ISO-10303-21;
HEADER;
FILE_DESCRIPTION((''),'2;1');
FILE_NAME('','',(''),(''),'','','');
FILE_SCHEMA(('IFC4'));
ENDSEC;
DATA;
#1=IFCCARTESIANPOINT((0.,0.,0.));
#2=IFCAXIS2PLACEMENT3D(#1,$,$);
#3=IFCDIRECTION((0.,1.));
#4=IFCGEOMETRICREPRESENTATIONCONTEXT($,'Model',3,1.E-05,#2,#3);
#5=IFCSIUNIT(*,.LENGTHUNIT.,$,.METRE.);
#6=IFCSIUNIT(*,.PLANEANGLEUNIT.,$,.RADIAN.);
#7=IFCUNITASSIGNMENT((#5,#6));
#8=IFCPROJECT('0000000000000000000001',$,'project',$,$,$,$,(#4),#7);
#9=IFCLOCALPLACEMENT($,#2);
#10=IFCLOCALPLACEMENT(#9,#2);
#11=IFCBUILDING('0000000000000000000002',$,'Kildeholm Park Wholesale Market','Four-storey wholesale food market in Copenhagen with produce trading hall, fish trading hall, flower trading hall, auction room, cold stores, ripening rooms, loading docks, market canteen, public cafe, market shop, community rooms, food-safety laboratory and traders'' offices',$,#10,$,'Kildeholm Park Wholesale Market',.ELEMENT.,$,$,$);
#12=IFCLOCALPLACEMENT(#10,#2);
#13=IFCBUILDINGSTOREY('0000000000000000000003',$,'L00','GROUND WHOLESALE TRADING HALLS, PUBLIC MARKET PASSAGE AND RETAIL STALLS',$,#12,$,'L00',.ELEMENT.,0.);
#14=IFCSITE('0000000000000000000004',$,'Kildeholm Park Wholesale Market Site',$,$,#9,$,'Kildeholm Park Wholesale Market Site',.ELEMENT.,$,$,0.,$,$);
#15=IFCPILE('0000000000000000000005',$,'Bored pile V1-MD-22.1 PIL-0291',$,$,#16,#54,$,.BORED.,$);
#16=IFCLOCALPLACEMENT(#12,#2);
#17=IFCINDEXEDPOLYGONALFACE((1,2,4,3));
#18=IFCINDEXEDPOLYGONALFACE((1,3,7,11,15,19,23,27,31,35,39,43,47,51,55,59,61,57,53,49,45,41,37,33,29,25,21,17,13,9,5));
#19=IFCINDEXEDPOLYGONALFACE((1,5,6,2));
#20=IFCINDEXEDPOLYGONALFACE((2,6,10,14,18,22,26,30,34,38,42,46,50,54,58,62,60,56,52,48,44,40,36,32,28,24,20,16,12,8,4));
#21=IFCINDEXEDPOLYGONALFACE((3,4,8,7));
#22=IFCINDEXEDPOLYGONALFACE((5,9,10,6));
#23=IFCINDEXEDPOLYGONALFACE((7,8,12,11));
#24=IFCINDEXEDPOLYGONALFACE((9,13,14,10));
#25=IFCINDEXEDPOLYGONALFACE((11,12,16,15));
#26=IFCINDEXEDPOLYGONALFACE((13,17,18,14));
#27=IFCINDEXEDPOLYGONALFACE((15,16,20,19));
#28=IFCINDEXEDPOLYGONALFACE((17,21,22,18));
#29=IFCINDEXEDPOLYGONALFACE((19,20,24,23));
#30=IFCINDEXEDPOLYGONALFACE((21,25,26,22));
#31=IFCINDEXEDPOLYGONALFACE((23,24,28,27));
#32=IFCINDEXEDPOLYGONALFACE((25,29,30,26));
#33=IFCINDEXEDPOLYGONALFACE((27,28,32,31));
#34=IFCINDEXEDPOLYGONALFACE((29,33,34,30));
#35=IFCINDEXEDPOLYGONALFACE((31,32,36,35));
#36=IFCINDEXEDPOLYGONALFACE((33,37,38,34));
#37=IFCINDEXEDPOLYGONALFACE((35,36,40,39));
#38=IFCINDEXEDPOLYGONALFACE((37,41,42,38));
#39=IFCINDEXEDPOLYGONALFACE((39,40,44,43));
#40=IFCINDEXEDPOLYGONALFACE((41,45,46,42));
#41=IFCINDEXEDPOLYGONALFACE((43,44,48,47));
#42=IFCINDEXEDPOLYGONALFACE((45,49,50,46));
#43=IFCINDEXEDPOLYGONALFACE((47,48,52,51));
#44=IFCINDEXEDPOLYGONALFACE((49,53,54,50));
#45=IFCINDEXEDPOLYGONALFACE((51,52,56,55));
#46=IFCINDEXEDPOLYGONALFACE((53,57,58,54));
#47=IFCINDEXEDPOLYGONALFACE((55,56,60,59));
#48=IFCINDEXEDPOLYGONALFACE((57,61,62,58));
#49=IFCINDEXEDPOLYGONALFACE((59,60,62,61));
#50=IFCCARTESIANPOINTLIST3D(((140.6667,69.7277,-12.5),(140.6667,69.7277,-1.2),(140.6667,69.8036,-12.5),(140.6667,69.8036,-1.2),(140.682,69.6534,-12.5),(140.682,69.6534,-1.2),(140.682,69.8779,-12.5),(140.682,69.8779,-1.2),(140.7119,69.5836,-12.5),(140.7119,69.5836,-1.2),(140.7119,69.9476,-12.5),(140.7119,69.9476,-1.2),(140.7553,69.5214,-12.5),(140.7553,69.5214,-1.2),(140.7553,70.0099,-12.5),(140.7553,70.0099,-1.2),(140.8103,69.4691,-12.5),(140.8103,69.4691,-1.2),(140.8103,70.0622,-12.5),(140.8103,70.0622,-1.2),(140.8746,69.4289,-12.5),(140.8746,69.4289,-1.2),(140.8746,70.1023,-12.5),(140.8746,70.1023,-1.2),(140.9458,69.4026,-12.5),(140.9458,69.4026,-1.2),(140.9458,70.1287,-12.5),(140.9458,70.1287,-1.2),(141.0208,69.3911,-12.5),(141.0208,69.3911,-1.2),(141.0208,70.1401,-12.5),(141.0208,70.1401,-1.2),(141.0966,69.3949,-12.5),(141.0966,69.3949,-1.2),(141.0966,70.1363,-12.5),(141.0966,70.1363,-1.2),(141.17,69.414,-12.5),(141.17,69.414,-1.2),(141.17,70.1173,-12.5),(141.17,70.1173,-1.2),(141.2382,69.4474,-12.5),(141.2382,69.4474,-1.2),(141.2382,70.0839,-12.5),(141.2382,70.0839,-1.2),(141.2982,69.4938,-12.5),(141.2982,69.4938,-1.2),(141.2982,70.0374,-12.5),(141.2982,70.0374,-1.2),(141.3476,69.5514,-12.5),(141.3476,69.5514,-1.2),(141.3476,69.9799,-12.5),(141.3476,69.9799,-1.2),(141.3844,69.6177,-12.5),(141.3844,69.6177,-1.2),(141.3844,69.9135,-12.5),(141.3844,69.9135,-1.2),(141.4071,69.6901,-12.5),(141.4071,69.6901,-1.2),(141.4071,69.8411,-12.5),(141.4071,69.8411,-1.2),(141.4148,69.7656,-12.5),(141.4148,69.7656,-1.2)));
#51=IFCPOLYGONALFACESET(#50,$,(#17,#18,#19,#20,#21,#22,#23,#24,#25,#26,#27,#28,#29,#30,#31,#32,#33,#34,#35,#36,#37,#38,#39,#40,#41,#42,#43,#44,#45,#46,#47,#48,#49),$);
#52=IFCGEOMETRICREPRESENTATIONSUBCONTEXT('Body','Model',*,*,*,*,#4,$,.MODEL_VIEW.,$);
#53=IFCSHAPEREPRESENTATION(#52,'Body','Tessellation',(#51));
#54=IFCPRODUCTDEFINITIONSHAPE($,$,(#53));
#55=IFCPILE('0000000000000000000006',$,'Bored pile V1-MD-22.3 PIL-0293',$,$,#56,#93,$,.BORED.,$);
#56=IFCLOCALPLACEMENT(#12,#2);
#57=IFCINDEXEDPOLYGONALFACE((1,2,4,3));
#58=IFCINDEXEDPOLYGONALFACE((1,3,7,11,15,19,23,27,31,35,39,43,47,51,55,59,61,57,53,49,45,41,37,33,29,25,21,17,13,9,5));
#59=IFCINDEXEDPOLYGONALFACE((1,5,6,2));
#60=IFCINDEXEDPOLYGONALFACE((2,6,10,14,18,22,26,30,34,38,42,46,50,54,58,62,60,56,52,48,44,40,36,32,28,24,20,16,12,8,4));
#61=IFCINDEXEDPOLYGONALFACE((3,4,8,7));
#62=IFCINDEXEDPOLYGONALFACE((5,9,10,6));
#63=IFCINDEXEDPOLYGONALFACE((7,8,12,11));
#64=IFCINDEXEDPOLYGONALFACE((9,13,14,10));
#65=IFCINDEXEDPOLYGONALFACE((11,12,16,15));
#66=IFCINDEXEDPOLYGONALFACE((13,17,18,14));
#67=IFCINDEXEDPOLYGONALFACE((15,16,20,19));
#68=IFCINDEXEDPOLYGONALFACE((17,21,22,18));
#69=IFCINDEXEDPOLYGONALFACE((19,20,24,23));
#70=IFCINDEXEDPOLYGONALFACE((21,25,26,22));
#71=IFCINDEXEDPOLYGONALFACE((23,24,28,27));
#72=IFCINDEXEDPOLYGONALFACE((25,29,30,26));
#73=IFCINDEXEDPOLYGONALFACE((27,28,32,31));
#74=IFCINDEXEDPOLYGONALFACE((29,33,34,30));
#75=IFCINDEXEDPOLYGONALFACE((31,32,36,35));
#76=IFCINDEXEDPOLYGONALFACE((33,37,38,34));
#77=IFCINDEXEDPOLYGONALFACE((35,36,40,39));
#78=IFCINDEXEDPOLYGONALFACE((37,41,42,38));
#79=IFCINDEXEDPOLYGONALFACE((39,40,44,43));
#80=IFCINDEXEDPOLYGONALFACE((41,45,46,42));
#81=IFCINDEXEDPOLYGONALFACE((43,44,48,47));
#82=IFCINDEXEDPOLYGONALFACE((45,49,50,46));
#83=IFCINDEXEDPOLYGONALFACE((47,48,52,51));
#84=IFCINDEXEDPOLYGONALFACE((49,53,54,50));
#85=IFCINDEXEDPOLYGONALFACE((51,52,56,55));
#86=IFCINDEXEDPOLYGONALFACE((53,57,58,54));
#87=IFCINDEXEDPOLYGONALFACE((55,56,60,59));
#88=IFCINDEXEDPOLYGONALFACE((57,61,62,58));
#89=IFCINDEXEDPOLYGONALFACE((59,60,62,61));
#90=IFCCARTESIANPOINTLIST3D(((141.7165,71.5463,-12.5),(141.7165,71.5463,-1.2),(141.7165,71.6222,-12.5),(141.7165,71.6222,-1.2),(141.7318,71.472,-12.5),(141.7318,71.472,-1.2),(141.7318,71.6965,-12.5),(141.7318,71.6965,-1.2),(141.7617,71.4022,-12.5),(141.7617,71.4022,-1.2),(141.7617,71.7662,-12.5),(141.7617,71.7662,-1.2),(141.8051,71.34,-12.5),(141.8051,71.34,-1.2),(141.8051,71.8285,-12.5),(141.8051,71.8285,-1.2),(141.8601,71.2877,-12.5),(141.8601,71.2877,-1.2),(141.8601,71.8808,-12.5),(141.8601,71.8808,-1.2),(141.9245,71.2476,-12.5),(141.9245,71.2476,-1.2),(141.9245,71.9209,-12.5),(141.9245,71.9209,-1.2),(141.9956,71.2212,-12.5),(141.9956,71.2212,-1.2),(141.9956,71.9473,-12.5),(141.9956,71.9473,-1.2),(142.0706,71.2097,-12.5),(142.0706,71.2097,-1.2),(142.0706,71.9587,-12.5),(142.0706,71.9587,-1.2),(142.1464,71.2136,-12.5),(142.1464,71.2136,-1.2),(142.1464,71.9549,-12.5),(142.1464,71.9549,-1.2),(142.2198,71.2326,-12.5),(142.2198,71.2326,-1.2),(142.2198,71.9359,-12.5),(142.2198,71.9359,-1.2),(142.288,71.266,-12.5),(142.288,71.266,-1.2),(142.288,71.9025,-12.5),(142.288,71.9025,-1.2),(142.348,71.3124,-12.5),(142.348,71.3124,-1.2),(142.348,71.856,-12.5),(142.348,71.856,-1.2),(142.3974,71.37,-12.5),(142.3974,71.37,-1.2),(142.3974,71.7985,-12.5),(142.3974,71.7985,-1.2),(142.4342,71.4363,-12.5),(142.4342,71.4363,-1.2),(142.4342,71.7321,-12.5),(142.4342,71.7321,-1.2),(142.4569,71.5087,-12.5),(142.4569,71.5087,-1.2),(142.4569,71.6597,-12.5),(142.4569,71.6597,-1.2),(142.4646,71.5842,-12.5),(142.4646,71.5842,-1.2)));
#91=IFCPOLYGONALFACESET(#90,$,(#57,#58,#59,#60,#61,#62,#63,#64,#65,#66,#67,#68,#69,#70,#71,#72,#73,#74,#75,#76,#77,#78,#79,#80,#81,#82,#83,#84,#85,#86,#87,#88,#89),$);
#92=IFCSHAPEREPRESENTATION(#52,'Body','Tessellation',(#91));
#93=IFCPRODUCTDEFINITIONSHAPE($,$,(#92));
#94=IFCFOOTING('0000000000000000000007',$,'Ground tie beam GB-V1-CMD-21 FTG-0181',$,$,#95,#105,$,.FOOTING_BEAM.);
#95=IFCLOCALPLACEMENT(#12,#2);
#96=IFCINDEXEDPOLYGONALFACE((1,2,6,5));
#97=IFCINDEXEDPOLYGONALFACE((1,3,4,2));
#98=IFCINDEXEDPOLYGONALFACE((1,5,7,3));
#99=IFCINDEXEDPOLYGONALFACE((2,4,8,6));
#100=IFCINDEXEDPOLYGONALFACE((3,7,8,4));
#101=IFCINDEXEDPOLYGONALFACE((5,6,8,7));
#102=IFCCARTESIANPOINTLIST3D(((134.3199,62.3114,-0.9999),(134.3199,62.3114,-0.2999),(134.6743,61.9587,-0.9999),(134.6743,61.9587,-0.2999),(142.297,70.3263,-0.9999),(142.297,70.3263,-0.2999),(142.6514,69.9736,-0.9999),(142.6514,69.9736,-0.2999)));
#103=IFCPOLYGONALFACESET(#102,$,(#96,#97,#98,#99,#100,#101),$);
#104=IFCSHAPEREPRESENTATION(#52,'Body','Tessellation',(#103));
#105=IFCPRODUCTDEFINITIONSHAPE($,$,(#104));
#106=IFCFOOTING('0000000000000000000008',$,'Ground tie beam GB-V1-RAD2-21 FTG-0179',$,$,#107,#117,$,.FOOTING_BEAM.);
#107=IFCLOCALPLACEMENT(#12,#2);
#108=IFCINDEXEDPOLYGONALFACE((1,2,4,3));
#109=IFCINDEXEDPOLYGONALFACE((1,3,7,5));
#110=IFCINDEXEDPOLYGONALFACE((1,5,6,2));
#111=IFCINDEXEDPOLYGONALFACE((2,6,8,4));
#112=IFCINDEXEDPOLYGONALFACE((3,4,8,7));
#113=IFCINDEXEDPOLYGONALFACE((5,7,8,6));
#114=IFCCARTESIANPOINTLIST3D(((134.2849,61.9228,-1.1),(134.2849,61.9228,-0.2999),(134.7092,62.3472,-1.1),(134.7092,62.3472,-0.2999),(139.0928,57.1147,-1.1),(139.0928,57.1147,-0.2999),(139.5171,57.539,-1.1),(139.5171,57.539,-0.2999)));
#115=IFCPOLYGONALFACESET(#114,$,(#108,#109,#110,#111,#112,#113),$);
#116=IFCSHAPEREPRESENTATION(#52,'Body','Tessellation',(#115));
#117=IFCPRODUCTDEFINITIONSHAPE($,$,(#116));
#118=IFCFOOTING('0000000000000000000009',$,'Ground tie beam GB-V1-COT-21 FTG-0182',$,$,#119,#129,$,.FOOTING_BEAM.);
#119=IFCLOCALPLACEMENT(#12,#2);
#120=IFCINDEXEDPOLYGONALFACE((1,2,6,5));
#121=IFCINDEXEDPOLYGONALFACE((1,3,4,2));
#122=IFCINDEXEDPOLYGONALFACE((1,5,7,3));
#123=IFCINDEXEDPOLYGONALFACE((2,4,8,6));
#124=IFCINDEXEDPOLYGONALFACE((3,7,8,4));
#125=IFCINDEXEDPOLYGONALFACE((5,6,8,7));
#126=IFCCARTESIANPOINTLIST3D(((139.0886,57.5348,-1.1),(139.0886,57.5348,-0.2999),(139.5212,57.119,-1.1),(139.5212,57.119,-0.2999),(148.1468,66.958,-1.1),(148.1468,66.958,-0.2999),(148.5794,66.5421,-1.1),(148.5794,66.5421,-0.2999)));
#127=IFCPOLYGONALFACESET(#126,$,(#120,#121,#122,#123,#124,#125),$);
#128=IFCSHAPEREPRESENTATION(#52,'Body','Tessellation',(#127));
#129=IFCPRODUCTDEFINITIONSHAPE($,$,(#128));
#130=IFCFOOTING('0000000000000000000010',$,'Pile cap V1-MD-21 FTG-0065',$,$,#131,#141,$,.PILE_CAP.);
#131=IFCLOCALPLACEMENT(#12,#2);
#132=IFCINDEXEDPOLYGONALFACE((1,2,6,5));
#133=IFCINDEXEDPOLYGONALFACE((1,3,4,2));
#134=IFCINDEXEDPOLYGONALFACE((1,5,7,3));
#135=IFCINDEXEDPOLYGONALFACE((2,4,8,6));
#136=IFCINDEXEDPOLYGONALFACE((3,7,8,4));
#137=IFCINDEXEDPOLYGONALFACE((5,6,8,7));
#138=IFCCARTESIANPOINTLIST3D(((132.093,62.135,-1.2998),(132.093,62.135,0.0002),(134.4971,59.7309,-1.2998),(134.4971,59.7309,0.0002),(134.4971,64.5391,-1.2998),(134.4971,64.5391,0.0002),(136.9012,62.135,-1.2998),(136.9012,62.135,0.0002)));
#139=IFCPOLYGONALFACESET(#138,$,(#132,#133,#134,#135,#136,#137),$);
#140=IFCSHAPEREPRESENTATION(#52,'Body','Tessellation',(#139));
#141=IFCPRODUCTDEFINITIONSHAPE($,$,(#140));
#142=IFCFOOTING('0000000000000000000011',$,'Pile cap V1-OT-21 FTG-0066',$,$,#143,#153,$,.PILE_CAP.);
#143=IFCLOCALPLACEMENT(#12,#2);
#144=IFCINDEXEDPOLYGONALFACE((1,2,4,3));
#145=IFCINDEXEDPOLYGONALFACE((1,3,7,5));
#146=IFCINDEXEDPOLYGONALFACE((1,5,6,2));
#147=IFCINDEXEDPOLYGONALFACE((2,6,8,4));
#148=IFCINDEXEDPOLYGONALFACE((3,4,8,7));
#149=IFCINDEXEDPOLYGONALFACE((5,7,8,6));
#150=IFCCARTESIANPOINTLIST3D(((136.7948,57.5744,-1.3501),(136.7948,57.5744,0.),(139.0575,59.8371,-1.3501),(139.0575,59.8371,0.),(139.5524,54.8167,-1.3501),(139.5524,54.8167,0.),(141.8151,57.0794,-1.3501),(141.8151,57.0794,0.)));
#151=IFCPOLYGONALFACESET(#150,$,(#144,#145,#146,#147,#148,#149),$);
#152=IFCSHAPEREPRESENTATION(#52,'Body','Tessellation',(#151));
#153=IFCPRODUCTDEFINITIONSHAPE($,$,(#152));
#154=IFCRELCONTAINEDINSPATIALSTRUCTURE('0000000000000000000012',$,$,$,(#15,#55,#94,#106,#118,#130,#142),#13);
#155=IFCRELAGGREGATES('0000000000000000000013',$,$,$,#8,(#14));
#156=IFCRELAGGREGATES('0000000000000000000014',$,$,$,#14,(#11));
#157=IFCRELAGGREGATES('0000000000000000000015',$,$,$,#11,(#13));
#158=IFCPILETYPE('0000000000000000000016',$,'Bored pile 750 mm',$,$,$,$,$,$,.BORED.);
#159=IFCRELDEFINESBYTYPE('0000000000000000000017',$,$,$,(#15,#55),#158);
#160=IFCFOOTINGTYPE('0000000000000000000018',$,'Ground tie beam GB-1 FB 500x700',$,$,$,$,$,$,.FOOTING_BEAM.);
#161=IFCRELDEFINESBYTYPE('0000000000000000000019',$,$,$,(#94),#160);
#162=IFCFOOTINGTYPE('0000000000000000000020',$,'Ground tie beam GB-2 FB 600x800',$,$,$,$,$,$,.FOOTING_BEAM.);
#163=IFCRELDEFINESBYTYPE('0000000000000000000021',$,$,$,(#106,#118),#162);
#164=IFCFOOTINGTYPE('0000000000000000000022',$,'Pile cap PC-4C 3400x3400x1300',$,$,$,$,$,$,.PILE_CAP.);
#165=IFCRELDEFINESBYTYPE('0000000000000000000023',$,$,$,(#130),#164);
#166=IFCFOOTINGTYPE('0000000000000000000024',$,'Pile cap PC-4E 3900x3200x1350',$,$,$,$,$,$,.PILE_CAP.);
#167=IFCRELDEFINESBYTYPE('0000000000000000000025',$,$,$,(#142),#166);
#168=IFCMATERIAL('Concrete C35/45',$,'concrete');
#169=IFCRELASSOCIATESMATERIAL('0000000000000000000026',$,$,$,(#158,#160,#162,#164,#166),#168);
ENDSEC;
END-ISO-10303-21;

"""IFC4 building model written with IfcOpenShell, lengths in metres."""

from ifc_helpers import new_model, si_unit, direction, frame, origin, origin_2d, place, context, subcontext, project, spatial, rectangle, circle, extrude, material, material_profile, profile_set, type_object, element, save


model = new_model("IFC4")

# Units and contexts
model_context = context("Model", 3, precision=1e-05, world=origin(), true_north=direction((0.0, 1.0)))
body_context = subcontext(model_context, "Body", "Model", "MODEL_VIEW")
ifc_project = project(units=[si_unit("LENGTHUNIT", "METRE"), si_unit("PLANEANGLEUNIT", "RADIAN")], contexts=[model_context])

# Site, building, storey
site_placement = place(None, origin())
site = spatial("IfcSite", under=ifc_project, at=site_placement, Name="Kildeholm Park Wholesale Market Site", LongName="Kildeholm Park Wholesale Market Site", CompositionType="ELEMENT", RefElevation=0.0)
building_placement = place(site_placement, origin())
building = spatial("IfcBuilding", under=site, at=building_placement, Name="Kildeholm Park Wholesale Market", Description="Four-storey wholesale food market in Copenhagen with produce trading hall, fish trading hall, flower trading hall, auction room, cold stores, ripening rooms, loading docks, market canteen, public cafe, market shop, community rooms, food-safety laboratory and traders' offices", LongName="Kildeholm Park Wholesale Market", CompositionType="ELEMENT")
storey_placement = place(building_placement, origin())
storey = spatial("IfcBuildingStorey", under=building, at=storey_placement, Name="L00", Description="GROUND WHOLESALE TRADING HALLS, PUBLIC MARKET PASSAGE AND RETAIL STALLS", LongName="L00", CompositionType="ELEMENT", Elevation=0.0)

# Piles
ifc_material_1 = material(Name="Concrete C35/45", Category="concrete")
ifc_material_profile_1 = material_profile(ifc_material_1, circle(Radius=0.375, at=origin_2d()), Name="PILE D750")
ifc_profile_set_1 = profile_set([ifc_material_profile_1], Name="Concrete C35/45")
pile_type = type_object("IfcPileType", Name="Bored pile 750 mm", PredefinedType="BORED", material=ifc_profile_set_1)
for number, where, z_axis, x_axis, name in (
    (1, (141.0398, 69.7656, -1.2), (0.0, 0.0, -1.0), (1.0, 0.0, 0.0), "Bored pile V1-MD-22.1 PIL-0291"),
    (2, (142.0896, 71.5842, -1.2), (0.0, 0.0, -1.0), (1.0, 0.0, 0.0), "Bored pile V1-MD-22.3 PIL-0293"),
):
    element("IfcPile", number, at=place(storey_placement, frame(where, z_axis=z_axis, x_axis=x_axis)), inside=storey, type_object=pile_type, Name=name, PredefinedType="BORED", context=body_context, shape_type="SweptSolid", body=[
        extrude(circle(Radius=0.375, at=origin_2d()), origin(), (0.0, 0.0, 1.0), 11.3),
    ])

# Footings
ifc_material_profile_2 = material_profile(ifc_material_1, rectangle(XDim=0.5, YDim=0.7, at=origin_2d()), Name="FB 500x700")
ifc_profile_set_2 = profile_set([ifc_material_profile_2], Name="Concrete C35/45")
footing_type_1 = type_object("IfcFootingType", Name="Ground tie beam GB-1 FB 500x700", PredefinedType="FOOTING_BEAM", material=ifc_profile_set_2)
footing_1_placement = place(storey_placement, frame((134.4971, 62.135, -0.6499), z_axis=(0.705432, 0.708778, 0.0), x_axis=(-0.708778, 0.705432, 0.0)))
element("IfcFooting", 3, at=footing_1_placement, inside=storey, type_object=footing_type_1, Name="Ground tie beam GB-V1-CMD-21 FTG-0181", PredefinedType="FOOTING_BEAM", context=body_context, shape_type="SweptSolid", body=[
    extrude(rectangle(XDim=0.5, YDim=0.7, at=origin_2d()), origin(), (0.0, 0.0, 1.0), 11.3081),
])
ifc_material_profile_3 = material_profile(ifc_material_1, rectangle(XDim=0.6001, YDim=0.8, at=origin_2d()), Name="FB 600x800")
ifc_profile_set_3 = profile_set([ifc_material_profile_3], Name="Concrete C35/45")
footing_type_2 = type_object("IfcFootingType", Name="Ground tie beam GB-2 FB 600x800", PredefinedType="FOOTING_BEAM", material=ifc_profile_set_3)
footing_2_placement = place(storey_placement, frame((134.4971, 62.135, -0.7), z_axis=(0.707089, -0.707125, 0.0), x_axis=(0.707125, 0.707089, 0.0)))
element("IfcFooting", 4, at=footing_2_placement, inside=storey, type_object=footing_type_2, Name="Ground tie beam GB-V1-RAD2-21 FTG-0179", PredefinedType="FOOTING_BEAM", context=body_context, shape_type="SweptSolid", body=[
    extrude(rectangle(XDim=0.6001, YDim=0.8, at=origin_2d()), origin(), (0.0, 0.0, 1.0), 6.7996),
])
footing_3_placement = place(storey_placement, frame((139.3049, 57.3269, -0.7), z_axis=(0.693007, 0.720931, 0.0), x_axis=(-0.720931, 0.693007, 0.0)))
element("IfcFooting", 5, at=footing_3_placement, inside=storey, type_object=footing_type_2, Name="Ground tie beam GB-V1-COT-21 FTG-0182", PredefinedType="FOOTING_BEAM", context=body_context, shape_type="SweptSolid", body=[
    extrude(rectangle(XDim=0.6001, YDim=0.8, at=origin_2d()), origin(), (0.0, 0.0, 1.0), 13.0708),
])
footing_type_3 = type_object("IfcFootingType", Name="Pile cap PC-4C 3400x3400x1300", PredefinedType="PILE_CAP", material=ifc_material_1)
footing_4_placement = place(storey_placement, frame((134.4971, 62.135, -1.2998), z_axis=(0.0, 0.0, 1.0), x_axis=(0.707107, -0.707107, 0.0)))
element("IfcFooting", 6, at=footing_4_placement, inside=storey, type_object=footing_type_3, Name="Pile cap V1-MD-21 FTG-0065", PredefinedType="PILE_CAP", context=body_context, shape_type="SweptSolid", body=[
    extrude(rectangle(XDim=3.3999, YDim=3.3999, at=origin_2d()), origin(), (0.0, 0.0, 1.0), 1.3),
])
footing_type_4 = type_object("IfcFootingType", Name="Pile cap PC-4E 3900x3200x1350", PredefinedType="PILE_CAP", material=ifc_material_1)
footing_5_placement = place(storey_placement, frame((139.3049, 57.3269, -1.3501), z_axis=(0.0, 0.0, 1.0), x_axis=(0.707107, -0.707107, 0.0)))
element("IfcFooting", 7, at=footing_5_placement, inside=storey, type_object=footing_type_4, Name="Pile cap V1-OT-21 FTG-0066", PredefinedType="PILE_CAP", context=body_context, shape_type="SweptSolid", body=[
    extrude(rectangle(XDim=3.8999, YDim=3.2, at=origin_2d()), origin(), (0.0, 0.0, 1.0), 1.3501),
])

save(model, "model.ifc")
